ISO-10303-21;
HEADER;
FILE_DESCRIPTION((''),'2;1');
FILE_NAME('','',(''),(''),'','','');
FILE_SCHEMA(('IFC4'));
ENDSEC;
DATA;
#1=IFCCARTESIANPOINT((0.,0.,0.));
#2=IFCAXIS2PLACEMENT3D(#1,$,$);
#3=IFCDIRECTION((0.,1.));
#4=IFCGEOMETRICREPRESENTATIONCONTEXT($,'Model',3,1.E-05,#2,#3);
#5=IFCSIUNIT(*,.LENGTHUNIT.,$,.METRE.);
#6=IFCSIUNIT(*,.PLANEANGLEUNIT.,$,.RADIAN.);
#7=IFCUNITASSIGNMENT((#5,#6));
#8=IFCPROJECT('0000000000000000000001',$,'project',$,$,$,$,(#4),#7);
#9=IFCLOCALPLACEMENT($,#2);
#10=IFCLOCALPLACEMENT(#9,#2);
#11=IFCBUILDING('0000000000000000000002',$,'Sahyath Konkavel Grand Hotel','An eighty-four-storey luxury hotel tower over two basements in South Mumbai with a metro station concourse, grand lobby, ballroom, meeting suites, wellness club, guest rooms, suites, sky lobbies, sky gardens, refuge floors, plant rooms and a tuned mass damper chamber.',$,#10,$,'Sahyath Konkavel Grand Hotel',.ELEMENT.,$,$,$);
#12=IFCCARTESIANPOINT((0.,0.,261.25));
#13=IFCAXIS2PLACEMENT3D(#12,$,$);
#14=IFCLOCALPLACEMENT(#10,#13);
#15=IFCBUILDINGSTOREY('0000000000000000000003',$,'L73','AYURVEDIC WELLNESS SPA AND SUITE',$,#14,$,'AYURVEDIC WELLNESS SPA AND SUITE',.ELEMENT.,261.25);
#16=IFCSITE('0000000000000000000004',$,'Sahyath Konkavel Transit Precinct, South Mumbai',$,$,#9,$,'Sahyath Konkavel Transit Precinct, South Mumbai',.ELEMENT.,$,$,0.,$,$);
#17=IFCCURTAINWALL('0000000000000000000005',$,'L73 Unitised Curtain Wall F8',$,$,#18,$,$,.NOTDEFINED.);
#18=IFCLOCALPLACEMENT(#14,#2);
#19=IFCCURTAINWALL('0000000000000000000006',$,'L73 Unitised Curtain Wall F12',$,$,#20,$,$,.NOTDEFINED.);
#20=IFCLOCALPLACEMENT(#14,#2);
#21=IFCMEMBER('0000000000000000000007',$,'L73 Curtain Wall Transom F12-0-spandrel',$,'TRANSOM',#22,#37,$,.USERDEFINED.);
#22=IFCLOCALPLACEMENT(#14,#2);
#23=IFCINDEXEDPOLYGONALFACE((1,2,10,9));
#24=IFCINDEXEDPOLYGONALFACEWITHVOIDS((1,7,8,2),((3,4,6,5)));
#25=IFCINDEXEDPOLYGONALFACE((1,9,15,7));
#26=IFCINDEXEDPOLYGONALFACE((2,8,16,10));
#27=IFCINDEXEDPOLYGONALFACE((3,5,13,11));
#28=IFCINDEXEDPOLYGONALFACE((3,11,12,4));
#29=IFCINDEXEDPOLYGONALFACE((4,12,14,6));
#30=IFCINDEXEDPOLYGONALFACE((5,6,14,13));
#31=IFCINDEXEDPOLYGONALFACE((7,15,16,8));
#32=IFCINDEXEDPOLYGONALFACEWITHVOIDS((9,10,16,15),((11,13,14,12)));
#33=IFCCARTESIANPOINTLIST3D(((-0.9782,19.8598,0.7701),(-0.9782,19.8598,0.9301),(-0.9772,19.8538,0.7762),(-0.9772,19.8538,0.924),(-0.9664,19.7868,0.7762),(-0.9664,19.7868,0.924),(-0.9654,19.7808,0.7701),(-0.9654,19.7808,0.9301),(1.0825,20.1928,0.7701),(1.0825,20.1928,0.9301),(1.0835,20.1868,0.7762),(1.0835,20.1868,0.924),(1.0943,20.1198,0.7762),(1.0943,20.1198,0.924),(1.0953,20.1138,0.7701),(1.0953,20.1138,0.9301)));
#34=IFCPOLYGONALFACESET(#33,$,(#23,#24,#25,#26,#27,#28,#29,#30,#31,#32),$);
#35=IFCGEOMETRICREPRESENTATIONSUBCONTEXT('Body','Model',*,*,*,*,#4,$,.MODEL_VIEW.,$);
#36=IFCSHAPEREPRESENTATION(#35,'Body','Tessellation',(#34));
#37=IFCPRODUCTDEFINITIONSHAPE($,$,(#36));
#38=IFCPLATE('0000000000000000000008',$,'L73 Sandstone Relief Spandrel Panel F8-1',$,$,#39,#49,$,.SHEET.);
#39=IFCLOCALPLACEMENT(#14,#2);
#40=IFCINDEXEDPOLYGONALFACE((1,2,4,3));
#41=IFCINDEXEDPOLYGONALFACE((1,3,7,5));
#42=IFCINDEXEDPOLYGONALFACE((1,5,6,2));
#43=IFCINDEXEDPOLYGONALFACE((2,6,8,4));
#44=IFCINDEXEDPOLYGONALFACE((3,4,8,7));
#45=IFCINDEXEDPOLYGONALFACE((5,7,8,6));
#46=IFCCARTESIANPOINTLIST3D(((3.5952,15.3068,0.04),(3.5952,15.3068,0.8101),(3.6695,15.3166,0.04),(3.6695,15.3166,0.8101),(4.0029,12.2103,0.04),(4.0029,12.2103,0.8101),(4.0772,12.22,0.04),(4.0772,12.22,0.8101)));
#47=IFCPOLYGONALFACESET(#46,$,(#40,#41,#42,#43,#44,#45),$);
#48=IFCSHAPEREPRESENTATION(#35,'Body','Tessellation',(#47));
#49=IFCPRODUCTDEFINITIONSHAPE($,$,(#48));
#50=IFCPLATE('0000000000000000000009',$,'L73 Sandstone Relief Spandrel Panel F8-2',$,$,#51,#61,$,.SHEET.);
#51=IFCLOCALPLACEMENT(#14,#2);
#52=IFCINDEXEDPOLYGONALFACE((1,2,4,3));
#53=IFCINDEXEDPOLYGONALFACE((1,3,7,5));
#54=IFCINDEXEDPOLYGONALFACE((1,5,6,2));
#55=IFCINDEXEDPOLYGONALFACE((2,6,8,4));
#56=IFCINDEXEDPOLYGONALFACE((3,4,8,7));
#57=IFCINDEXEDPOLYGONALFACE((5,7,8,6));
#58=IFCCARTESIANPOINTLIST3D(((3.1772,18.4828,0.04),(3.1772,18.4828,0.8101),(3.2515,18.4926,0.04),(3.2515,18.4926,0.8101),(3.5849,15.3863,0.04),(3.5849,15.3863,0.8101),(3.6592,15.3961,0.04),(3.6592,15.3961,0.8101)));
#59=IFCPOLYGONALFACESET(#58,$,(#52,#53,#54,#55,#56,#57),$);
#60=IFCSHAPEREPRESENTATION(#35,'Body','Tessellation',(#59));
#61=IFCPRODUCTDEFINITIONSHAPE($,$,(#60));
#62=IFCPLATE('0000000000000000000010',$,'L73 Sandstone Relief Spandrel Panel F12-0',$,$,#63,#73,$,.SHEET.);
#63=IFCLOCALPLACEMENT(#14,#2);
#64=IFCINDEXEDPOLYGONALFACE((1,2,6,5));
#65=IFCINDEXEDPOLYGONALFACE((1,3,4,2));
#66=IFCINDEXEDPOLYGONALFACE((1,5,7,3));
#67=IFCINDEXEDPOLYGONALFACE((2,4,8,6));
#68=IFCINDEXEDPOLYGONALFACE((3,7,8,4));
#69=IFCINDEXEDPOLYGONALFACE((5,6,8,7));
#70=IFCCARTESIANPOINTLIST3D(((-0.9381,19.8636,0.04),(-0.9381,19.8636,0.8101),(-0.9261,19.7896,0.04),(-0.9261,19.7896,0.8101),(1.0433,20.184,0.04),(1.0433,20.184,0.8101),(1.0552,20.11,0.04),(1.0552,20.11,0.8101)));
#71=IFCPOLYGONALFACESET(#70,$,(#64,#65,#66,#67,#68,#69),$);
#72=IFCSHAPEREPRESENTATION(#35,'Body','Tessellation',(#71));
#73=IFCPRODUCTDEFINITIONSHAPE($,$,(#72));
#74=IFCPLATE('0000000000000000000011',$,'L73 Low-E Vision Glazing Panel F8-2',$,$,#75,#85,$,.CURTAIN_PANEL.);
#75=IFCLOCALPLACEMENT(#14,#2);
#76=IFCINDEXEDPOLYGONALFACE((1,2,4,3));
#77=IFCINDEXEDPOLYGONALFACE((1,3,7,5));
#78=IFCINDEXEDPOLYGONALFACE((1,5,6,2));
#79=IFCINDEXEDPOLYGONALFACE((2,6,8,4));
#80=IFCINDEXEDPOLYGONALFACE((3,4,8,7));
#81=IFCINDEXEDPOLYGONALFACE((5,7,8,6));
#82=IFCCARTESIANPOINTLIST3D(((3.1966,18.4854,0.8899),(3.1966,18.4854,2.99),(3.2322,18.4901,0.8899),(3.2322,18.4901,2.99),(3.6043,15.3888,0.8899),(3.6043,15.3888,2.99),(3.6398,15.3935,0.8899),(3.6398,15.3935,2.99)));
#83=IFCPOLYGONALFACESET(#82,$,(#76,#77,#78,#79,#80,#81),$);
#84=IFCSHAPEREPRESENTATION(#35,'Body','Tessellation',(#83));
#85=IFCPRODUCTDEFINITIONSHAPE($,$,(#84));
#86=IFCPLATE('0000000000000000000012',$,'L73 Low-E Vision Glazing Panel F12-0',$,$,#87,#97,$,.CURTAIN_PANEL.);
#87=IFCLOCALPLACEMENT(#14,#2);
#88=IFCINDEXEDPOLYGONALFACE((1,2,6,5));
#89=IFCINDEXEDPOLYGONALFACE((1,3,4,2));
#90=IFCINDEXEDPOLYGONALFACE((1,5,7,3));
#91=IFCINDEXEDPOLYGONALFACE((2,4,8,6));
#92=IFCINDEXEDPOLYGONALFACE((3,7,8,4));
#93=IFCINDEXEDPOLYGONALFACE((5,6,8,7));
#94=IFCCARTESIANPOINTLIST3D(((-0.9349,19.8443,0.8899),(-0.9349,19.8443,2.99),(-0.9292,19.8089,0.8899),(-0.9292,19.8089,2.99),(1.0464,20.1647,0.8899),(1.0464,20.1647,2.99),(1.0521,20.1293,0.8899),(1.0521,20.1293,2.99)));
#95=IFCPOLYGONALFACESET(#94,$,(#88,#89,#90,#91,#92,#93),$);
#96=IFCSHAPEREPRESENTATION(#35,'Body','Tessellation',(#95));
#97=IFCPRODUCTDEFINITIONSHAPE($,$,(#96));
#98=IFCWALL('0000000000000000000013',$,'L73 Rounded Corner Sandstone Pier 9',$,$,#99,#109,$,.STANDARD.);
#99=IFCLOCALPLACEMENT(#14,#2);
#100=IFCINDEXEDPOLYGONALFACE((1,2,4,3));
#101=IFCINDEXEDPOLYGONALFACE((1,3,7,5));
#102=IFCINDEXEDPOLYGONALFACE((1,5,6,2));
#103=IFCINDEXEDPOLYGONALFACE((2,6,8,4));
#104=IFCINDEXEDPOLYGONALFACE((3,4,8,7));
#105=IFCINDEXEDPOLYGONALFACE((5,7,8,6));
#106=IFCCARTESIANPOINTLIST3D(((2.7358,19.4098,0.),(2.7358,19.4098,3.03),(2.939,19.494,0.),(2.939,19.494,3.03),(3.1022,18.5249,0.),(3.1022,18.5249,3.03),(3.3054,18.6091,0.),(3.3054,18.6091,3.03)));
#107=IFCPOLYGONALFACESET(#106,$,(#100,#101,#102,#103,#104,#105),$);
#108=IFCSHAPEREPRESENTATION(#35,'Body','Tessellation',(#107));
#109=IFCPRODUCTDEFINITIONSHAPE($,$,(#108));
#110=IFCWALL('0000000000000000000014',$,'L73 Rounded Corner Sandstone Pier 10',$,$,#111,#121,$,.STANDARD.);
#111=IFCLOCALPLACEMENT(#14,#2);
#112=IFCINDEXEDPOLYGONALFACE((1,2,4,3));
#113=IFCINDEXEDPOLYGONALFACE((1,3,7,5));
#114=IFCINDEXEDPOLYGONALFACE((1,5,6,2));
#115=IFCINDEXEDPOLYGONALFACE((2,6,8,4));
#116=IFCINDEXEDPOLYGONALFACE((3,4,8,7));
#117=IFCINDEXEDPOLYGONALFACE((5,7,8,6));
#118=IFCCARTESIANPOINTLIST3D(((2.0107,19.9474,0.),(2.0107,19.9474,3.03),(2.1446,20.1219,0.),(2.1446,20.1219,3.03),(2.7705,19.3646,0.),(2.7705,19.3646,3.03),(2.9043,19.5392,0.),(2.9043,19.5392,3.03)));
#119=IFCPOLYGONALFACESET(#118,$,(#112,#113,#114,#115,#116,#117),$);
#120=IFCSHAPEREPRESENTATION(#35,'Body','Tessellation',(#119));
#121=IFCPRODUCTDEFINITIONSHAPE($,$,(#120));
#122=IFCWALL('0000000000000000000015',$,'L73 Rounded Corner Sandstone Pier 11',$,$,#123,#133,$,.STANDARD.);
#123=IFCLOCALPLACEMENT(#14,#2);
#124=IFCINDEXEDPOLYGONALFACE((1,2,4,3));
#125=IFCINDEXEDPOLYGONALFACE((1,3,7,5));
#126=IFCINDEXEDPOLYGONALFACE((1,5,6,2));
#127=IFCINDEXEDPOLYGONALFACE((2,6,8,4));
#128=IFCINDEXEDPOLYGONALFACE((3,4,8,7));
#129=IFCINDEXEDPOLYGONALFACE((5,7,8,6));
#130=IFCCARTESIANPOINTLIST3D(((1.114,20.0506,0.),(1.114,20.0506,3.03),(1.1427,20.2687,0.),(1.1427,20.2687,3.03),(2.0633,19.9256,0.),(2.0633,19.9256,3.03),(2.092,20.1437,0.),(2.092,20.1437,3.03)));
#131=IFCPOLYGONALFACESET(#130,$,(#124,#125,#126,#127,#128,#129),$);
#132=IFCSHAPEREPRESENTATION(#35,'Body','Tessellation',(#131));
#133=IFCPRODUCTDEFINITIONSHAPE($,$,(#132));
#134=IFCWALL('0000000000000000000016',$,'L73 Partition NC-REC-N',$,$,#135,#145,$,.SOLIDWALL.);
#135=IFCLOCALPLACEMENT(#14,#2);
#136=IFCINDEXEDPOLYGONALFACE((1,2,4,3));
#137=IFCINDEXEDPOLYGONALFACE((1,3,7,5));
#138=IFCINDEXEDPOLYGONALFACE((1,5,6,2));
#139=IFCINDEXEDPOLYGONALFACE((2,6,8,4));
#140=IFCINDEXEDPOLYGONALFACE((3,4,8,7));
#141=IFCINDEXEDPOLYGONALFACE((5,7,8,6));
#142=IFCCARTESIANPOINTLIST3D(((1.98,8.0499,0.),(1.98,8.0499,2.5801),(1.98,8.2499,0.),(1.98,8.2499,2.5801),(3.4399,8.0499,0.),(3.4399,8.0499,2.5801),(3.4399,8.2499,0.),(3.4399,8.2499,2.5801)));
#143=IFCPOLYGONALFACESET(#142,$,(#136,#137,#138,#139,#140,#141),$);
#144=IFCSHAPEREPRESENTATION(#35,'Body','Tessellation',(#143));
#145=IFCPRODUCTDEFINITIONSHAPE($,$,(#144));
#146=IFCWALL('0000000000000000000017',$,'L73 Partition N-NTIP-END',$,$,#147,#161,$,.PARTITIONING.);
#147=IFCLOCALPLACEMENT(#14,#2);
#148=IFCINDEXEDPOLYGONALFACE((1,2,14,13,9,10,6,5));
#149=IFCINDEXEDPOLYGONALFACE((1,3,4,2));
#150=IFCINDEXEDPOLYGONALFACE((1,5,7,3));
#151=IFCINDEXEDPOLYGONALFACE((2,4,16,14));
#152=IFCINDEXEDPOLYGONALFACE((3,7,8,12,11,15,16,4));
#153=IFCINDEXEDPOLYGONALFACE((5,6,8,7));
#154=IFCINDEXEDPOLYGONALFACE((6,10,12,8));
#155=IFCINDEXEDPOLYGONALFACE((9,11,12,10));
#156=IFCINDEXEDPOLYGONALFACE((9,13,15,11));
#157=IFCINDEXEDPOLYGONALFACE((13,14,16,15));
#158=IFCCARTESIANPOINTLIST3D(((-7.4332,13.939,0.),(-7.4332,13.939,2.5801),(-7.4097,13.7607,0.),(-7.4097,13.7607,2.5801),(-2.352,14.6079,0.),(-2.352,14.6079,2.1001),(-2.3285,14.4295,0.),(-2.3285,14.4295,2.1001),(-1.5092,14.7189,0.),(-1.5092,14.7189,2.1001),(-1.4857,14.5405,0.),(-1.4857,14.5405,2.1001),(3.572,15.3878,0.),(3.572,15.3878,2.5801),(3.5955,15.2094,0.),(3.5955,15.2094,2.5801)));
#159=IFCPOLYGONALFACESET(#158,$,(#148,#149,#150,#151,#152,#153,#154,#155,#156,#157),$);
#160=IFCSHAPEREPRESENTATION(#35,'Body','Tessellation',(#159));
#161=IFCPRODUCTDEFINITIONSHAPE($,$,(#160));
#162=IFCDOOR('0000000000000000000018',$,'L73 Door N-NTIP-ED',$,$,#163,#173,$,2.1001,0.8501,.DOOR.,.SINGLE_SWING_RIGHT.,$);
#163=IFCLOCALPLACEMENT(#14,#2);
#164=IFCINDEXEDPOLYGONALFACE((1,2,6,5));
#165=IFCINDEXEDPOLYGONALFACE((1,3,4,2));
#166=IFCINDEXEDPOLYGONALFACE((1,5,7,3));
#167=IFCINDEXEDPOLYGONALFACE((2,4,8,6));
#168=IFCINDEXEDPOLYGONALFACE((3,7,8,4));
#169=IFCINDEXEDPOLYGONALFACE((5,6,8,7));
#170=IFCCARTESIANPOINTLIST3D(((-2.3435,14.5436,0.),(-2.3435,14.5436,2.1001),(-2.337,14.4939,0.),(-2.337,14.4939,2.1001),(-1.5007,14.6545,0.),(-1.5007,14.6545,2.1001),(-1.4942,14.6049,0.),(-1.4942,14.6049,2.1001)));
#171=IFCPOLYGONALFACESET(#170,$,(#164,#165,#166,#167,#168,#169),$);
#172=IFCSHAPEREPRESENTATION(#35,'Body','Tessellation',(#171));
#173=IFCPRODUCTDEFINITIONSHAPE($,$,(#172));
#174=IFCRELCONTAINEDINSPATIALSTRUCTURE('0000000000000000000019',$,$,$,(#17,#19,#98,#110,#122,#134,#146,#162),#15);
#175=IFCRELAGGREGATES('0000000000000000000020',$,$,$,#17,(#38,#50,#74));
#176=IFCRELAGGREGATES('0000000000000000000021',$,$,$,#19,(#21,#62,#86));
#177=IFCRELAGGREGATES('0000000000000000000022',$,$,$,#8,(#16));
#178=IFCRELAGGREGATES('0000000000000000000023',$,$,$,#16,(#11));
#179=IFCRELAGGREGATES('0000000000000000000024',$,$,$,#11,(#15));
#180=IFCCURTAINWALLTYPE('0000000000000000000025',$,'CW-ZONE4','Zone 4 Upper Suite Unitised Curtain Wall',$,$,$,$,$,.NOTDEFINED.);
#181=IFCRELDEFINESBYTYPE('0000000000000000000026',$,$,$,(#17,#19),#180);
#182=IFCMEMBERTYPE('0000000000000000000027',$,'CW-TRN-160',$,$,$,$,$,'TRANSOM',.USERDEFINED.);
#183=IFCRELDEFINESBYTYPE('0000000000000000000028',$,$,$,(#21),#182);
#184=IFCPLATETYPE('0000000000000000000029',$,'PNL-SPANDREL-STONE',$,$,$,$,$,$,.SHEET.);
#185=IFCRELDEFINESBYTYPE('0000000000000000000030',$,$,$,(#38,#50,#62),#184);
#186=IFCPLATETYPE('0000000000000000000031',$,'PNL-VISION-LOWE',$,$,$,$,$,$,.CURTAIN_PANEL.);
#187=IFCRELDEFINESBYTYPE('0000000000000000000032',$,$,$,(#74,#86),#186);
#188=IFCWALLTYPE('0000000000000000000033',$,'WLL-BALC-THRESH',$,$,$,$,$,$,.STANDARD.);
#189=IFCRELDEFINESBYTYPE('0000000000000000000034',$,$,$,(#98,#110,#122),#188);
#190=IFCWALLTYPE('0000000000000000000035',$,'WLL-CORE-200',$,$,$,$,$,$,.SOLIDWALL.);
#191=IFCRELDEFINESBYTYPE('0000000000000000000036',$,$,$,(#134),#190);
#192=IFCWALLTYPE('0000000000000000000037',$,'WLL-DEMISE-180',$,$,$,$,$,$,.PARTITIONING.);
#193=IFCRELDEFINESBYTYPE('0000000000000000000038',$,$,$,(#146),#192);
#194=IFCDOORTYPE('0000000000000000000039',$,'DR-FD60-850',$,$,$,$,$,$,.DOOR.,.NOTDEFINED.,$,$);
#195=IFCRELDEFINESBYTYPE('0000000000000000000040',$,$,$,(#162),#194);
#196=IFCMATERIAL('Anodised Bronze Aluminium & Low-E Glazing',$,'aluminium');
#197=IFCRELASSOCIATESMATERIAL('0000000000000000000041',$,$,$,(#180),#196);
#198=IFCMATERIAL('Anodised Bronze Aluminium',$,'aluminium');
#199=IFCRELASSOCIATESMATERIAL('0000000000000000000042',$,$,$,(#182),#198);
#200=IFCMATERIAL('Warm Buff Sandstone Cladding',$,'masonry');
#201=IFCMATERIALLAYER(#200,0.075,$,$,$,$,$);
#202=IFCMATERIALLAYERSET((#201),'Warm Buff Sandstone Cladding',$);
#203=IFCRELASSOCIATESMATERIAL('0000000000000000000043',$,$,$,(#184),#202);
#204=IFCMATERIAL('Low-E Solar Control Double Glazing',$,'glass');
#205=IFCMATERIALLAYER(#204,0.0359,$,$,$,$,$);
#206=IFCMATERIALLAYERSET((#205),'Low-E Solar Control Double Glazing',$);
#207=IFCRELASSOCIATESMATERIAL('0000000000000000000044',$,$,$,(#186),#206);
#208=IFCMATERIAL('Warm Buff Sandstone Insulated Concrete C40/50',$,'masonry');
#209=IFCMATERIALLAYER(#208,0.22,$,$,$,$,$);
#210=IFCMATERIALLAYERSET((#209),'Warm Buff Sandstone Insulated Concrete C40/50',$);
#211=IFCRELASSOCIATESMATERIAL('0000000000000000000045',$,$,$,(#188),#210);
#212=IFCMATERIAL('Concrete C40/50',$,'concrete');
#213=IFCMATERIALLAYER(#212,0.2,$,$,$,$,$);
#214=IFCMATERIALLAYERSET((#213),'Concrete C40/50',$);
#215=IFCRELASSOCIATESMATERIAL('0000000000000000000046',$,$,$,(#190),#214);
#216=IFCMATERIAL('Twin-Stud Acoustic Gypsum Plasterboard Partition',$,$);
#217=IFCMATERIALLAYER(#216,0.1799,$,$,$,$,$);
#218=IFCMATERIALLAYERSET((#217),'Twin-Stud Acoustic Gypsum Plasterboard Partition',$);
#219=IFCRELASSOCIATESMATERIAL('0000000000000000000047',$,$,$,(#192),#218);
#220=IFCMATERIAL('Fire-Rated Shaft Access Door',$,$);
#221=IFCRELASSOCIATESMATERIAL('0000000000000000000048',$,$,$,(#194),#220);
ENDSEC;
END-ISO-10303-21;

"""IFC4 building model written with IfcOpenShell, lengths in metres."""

from ifc_helpers import new_model, si_unit, direction, frame, frame_2d, origin, origin_2d, place, context, subcontext, project, spatial, rectangle, hollow_rectangle, extrude, source, transform, mapped, material, layer, layer_set, material_profile, profile_set, type_object, element, fill, aggregate, save


model = new_model("IFC4")

# Units and contexts
model_context = context("Model", 3, precision=1e-05, world=origin(), true_north=direction((0.0, 1.0)))
body_context = subcontext(model_context, "Body", "Model", "MODEL_VIEW")
ifc_project = project(units=[si_unit("LENGTHUNIT", "METRE"), si_unit("PLANEANGLEUNIT", "RADIAN")], contexts=[model_context])

# Site, building, storey
site_placement = place(None, origin())
site = spatial("IfcSite", under=ifc_project, at=site_placement, Name="Sahyath Konkavel Transit Precinct, South Mumbai", LongName="Sahyath Konkavel Transit Precinct, South Mumbai", CompositionType="ELEMENT", RefElevation=0.0)
building_placement = place(site_placement, origin())
building = spatial("IfcBuilding", under=site, at=building_placement, Name="Sahyath Konkavel Grand Hotel", Description="An eighty-four-storey luxury hotel tower over two basements in South Mumbai with a metro station concourse, grand lobby, ballroom, meeting suites, wellness club, guest rooms, suites, sky lobbies, sky gardens, refuge floors, plant rooms and a tuned mass damper chamber.", LongName="Sahyath Konkavel Grand Hotel", CompositionType="ELEMENT")
storey_placement = place(building_placement, frame((0.0, 0.0, 261.25)))
storey = spatial("IfcBuildingStorey", under=building, at=storey_placement, Name="L73", Description="AYURVEDIC WELLNESS SPA AND SUITE", LongName="AYURVEDIC WELLNESS SPA AND SUITE", CompositionType="ELEMENT", Elevation=261.25)

# Shared definitions
ifc_material_1 = material(Name="Concrete C40/50", Category="concrete")

# Curtain wall
ifc_material_2 = material(Name="Anodised Bronze Aluminium & Low-E Glazing", Category="aluminium")
curtain_wall_type = type_object("IfcCurtainWallType", Name="CW-ZONE4", Description="Zone 4 Upper Suite Unitised Curtain Wall", PredefinedType="NOTDEFINED", material=ifc_material_2)
curtain_wall_1_placement = place(storey_placement, origin())
curtain_wall_1 = element("IfcCurtainWall", 1, at=curtain_wall_1_placement, inside=storey, type_object=curtain_wall_type, Name="L73 Unitised Curtain Wall F8", PredefinedType="NOTDEFINED")
ifc_material_3 = material(Name="Anodised Bronze Aluminium", Category="aluminium")

# Curtain wall
curtain_wall_2_placement = place(storey_placement, origin())
curtain_wall_2 = element("IfcCurtainWall", 2, at=curtain_wall_2_placement, inside=storey, type_object=curtain_wall_type, Name="L73 Unitised Curtain Wall F12", PredefinedType="NOTDEFINED")

# Member
ifc_material_profile_1 = material_profile(ifc_material_3, hollow_rectangle(XDim=0.0801, YDim=0.1599, WallThickness=0.0061, at=origin_2d()), Name="RHS 160x80x6")
ifc_profile_set_1 = profile_set([ifc_material_profile_1], Name="Anodised Bronze Aluminium")
member_type_1 = type_object("IfcMemberType", Name="CW-TRN-160", ElementType="TRANSOM", PredefinedType="USERDEFINED", material=ifc_profile_set_1)
shared_shape_1 = source(origin(), body_context, "Body", "SweptSolid", [
    extrude(hollow_rectangle(XDim=0.0801, YDim=0.1599, WallThickness=0.0061, at=origin_2d()), origin(), (0.0, 0.0, 1.0), 2.0874),
])
member_1_placement = place(storey_placement, frame((1.0889, 20.1533, 0.8501), z_axis=(-0.987191, -0.159541, 0.0), x_axis=(0.159541, -0.987191, 0.0)))
member_1 = element("IfcMember", 3, at=member_1_placement, type_object=member_type_1, Name="L73 Curtain Wall Transom F12-0-spandrel", ObjectType="TRANSOM", PredefinedType="USERDEFINED", context=body_context, shape_type="MappedRepresentation", body=[
    mapped(shared_shape_1, transform((0.0, 0.0, 0.0), scale=1.0)),
])

# Plates
ifc_material_4 = material(Name="Warm Buff Sandstone Cladding", Category="masonry")
ifc_layer_1 = layer(ifc_material_4, 0.075)
ifc_layer_set_1 = layer_set([ifc_layer_1], Name="Warm Buff Sandstone Cladding")
plate_type_1 = type_object("IfcPlateType", Name="PNL-SPANDREL-STONE", PredefinedType="SHEET", material=ifc_layer_set_1)
shared_shape_2 = source(origin(), body_context, "Body", "SweptSolid", [
    extrude(rectangle(XDim=3.1233, YDim=0.075, at=origin_2d()), origin(), (0.0, 0.0, 1.0), 0.77),
])
plate_1_placement = place(storey_placement, frame((3.8362, 13.7634, 0.04), z_axis=(0.0, 0.0, 1.0), x_axis=(-0.130526, 0.991445, 0.0)))
plate_1 = element("IfcPlate", 4, at=plate_1_placement, type_object=plate_type_1, Name="L73 Sandstone Relief Spandrel Panel F8-1", PredefinedType="SHEET", context=body_context, shape_type="MappedRepresentation", body=[
    mapped(shared_shape_2, transform((0.0, 0.0, 0.0), scale=1.0)),
])
plate_2_placement = place(storey_placement, frame((3.4182, 16.9395, 0.04), z_axis=(0.0, 0.0, 1.0), x_axis=(-0.130526, 0.991445, 0.0)))
plate_2 = element("IfcPlate", 5, at=plate_2_placement, type_object=plate_type_1, Name="L73 Sandstone Relief Spandrel Panel F8-2", PredefinedType="SHEET", context=body_context, shape_type="MappedRepresentation", body=[
    mapped(shared_shape_2, transform((0.0, 0.0, 0.0), scale=1.0)),
])
shared_shape_3 = source(origin(), body_context, "Body", "SweptSolid", [
    extrude(rectangle(XDim=2.0071, YDim=0.075, at=origin_2d()), origin(), (0.0, 0.0, 1.0), 0.77),
])
plate_3_placement = place(storey_placement, frame((0.0586, 19.9868, 0.04), z_axis=(0.0, 0.0, 1.0), x_axis=(-0.987178, -0.159623, 0.0)))
plate_3 = element("IfcPlate", 6, at=plate_3_placement, type_object=plate_type_1, Name="L73 Sandstone Relief Spandrel Panel F12-0", PredefinedType="SHEET", context=body_context, shape_type="MappedRepresentation", body=[
    mapped(shared_shape_3, transform((0.0, 0.0, 0.0), scale=1.0)),
])
ifc_material_5 = material(Name="Low-E Solar Control Double Glazing", Category="glass")
ifc_layer_2 = layer(ifc_material_5, 0.0359)
ifc_layer_set_2 = layer_set([ifc_layer_2], Name="Low-E Solar Control Double Glazing")
plate_type_2 = type_object("IfcPlateType", Name="PNL-VISION-LOWE", PredefinedType="CURTAIN_PANEL", material=ifc_layer_set_2)
shared_shape_4 = source(origin(), body_context, "Body", "SweptSolid", [
    extrude(rectangle(XDim=3.1233, YDim=0.0359, at=origin_2d()), origin(), (0.0, 0.0, 1.0), 2.1001),
])
plate_4_placement = place(storey_placement, frame((3.4182, 16.9395, 0.8899), z_axis=(0.0, 0.0, 1.0), x_axis=(-0.130526, 0.991445, 0.0)))
plate_4 = element("IfcPlate", 7, at=plate_4_placement, type_object=plate_type_2, Name="L73 Low-E Vision Glazing Panel F8-2", PredefinedType="CURTAIN_PANEL", context=body_context, shape_type="MappedRepresentation", body=[
    mapped(shared_shape_4, transform((0.0, 0.0, 0.0), scale=1.0)),
])
aggregate(curtain_wall_1, [plate_1, plate_2, plate_4])
shared_shape_5 = source(origin(), body_context, "Body", "SweptSolid", [
    extrude(rectangle(XDim=2.0071, YDim=0.0359, at=origin_2d()), origin(), (0.0, 0.0, 1.0), 2.1001),
])
plate_5_placement = place(storey_placement, frame((0.0586, 19.9868, 0.8899), z_axis=(0.0, 0.0, 1.0), x_axis=(-0.987178, -0.159623, 0.0)))
plate_5 = element("IfcPlate", 8, at=plate_5_placement, type_object=plate_type_2, Name="L73 Low-E Vision Glazing Panel F12-0", PredefinedType="CURTAIN_PANEL", context=body_context, shape_type="MappedRepresentation", body=[
    mapped(shared_shape_5, transform((0.0, 0.0, 0.0), scale=1.0)),
])
aggregate(curtain_wall_2, [member_1, plate_3, plate_5])

# Walls
ifc_material_6 = material(Name="Warm Buff Sandstone Insulated Concrete C40/50", Category="masonry")
ifc_layer_3 = layer(ifc_material_6, 0.22)
ifc_layer_set_3 = layer_set([ifc_layer_3], Name="Warm Buff Sandstone Insulated Concrete C40/50")
wall_type_1 = type_object("IfcWallType", Name="WLL-BALC-THRESH", PredefinedType="STANDARD", material=ifc_layer_set_3)
wall_1_placement = place(storey_placement, frame((3.2039, 18.5669, 0.0), z_axis=(0.0, 0.0, 1.0), x_axis=(-0.382569, 0.923927, 0.0)))
element("IfcWall", 9, at=wall_1_placement, inside=storey, type_object=wall_type_1, Name="L73 Rounded Corner Sandstone Pier 9", PredefinedType="STANDARD", context=body_context, shape_type="SweptSolid", body=[
    extrude(rectangle(XDim=0.9578, YDim=0.22, at=frame_2d((0.479, 0.0))), origin(), (0.0, 0.0, 1.0), 3.03),
])
for number, where, z_axis, x_axis, name in (
    (10, (2.8374, 19.4519, 0.0), (0.0, 0.0, 1.0), (-0.793467, 0.608614, 0.0), "L73 Rounded Corner Sandstone Pier 10"),
    (11, (2.0776, 20.0347, 0.0), (0.0, 0.0, 1.0), (-0.99144, 0.13056, 0.0), "L73 Rounded Corner Sandstone Pier 11"),
):
    element("IfcWall", number, at=place(storey_placement, frame(where, z_axis=z_axis, x_axis=x_axis)), inside=storey, type_object=wall_type_1, Name=name, PredefinedType="STANDARD", context=body_context, shape_type="SweptSolid", body=[
        extrude(rectangle(XDim=0.9575, YDim=0.22, at=frame_2d((0.4788, 0.0))), origin(), (0.0, 0.0, 1.0), 3.03),
    ])
ifc_layer_4 = layer(ifc_material_1, 0.2)
ifc_layer_set_4 = layer_set([ifc_layer_4], Name="Concrete C40/50")
wall_type_2 = type_object("IfcWallType", Name="WLL-CORE-200", PredefinedType="SOLIDWALL", material=ifc_layer_set_4)
wall_2_placement = place(storey_placement, frame((1.98, 8.1499, 0.0), z_axis=(0.0, 0.0, 1.0), x_axis=(1.0, 0.0, 0.0)))
element("IfcWall", 12, at=wall_2_placement, inside=storey, type_object=wall_type_2, Name="L73 Partition NC-REC-N", PredefinedType="SOLIDWALL", context=body_context, shape_type="SweptSolid", body=[
    extrude(rectangle(XDim=1.46, YDim=0.2, at=frame_2d((0.73, 0.0))), origin(), (0.0, 0.0, 1.0), 2.5801),
])

# Wall, opening, door
ifc_material_7 = material(Name="Twin-Stud Acoustic Gypsum Plasterboard Partition")
ifc_layer_5 = layer(ifc_material_7, 0.1799)
ifc_layer_set_5 = layer_set([ifc_layer_5], Name="Twin-Stud Acoustic Gypsum Plasterboard Partition")
wall_type_3 = type_object("IfcWallType", Name="WLL-DEMISE-180", PredefinedType="PARTITIONING", material=ifc_layer_set_5)
wall_3_placement = place(storey_placement, frame((3.5837, 15.2986, 0.0), z_axis=(0.0, 0.0, 1.0), x_axis=(-0.991446, -0.130515, 0.0)))
wall_3 = element("IfcWall", 13, at=wall_3_placement, inside=storey, type_object=wall_type_3, Name="L73 Partition N-NTIP-END", PredefinedType="PARTITIONING", context=body_context, shape_type="SweptSolid", body=[
    extrude(rectangle(XDim=11.1001, YDim=0.1799, at=frame_2d((5.55, 0.0))), origin(), (0.0, 0.0, 1.0), 2.5801),
])
opening_1_placement = place(wall_3_placement, frame((5.125, 0.0, 0.0)))
opening_1 = element("IfcOpeningElement", 14, at=opening_1_placement, cuts=wall_3, PredefinedType="OPENING", context=body_context, shape_type="SweptSolid", body=[
    extrude(rectangle(XDim=0.8501, YDim=2.1001, at=frame_2d((0.425, 1.05))), frame((0.0, 0.1001, 0.0), z_axis=(0.0, -1.0, 0.0), x_axis=(1.0, 0.0, 0.0)), (0.0, 0.0, 1.0), 0.2),
])
ifc_material_8 = material(Name="Fire-Rated Shaft Access Door")
door_type_1 = type_object("IfcDoorType", Name="DR-FD60-850", OperationType="NOTDEFINED", PredefinedType="DOOR", material=ifc_material_8)
shared_shape_6 = source(origin(), body_context, "Body", "SweptSolid", [
    extrude(rectangle(XDim=0.8501, YDim=0.05, at=origin_2d()), origin(), (0.0, 0.0, 1.0), 2.1001),
])
door_1_placement = place(opening_1_placement, frame((0.425, 0.0, 0.0)))
door_1 = element("IfcDoor", 15, at=door_1_placement, inside=storey, type_object=door_type_1, Name="L73 Door N-NTIP-ED", OperationType="SINGLE_SWING_RIGHT", OverallHeight=2.1001, OverallWidth=0.8501, PredefinedType="DOOR", context=body_context, shape_type="MappedRepresentation", body=[
    mapped(shared_shape_6, transform((0.0, 0.0, 0.0), scale=1.0)),
])
fill(opening_1, door_1)

save(model, "model.ifc")
